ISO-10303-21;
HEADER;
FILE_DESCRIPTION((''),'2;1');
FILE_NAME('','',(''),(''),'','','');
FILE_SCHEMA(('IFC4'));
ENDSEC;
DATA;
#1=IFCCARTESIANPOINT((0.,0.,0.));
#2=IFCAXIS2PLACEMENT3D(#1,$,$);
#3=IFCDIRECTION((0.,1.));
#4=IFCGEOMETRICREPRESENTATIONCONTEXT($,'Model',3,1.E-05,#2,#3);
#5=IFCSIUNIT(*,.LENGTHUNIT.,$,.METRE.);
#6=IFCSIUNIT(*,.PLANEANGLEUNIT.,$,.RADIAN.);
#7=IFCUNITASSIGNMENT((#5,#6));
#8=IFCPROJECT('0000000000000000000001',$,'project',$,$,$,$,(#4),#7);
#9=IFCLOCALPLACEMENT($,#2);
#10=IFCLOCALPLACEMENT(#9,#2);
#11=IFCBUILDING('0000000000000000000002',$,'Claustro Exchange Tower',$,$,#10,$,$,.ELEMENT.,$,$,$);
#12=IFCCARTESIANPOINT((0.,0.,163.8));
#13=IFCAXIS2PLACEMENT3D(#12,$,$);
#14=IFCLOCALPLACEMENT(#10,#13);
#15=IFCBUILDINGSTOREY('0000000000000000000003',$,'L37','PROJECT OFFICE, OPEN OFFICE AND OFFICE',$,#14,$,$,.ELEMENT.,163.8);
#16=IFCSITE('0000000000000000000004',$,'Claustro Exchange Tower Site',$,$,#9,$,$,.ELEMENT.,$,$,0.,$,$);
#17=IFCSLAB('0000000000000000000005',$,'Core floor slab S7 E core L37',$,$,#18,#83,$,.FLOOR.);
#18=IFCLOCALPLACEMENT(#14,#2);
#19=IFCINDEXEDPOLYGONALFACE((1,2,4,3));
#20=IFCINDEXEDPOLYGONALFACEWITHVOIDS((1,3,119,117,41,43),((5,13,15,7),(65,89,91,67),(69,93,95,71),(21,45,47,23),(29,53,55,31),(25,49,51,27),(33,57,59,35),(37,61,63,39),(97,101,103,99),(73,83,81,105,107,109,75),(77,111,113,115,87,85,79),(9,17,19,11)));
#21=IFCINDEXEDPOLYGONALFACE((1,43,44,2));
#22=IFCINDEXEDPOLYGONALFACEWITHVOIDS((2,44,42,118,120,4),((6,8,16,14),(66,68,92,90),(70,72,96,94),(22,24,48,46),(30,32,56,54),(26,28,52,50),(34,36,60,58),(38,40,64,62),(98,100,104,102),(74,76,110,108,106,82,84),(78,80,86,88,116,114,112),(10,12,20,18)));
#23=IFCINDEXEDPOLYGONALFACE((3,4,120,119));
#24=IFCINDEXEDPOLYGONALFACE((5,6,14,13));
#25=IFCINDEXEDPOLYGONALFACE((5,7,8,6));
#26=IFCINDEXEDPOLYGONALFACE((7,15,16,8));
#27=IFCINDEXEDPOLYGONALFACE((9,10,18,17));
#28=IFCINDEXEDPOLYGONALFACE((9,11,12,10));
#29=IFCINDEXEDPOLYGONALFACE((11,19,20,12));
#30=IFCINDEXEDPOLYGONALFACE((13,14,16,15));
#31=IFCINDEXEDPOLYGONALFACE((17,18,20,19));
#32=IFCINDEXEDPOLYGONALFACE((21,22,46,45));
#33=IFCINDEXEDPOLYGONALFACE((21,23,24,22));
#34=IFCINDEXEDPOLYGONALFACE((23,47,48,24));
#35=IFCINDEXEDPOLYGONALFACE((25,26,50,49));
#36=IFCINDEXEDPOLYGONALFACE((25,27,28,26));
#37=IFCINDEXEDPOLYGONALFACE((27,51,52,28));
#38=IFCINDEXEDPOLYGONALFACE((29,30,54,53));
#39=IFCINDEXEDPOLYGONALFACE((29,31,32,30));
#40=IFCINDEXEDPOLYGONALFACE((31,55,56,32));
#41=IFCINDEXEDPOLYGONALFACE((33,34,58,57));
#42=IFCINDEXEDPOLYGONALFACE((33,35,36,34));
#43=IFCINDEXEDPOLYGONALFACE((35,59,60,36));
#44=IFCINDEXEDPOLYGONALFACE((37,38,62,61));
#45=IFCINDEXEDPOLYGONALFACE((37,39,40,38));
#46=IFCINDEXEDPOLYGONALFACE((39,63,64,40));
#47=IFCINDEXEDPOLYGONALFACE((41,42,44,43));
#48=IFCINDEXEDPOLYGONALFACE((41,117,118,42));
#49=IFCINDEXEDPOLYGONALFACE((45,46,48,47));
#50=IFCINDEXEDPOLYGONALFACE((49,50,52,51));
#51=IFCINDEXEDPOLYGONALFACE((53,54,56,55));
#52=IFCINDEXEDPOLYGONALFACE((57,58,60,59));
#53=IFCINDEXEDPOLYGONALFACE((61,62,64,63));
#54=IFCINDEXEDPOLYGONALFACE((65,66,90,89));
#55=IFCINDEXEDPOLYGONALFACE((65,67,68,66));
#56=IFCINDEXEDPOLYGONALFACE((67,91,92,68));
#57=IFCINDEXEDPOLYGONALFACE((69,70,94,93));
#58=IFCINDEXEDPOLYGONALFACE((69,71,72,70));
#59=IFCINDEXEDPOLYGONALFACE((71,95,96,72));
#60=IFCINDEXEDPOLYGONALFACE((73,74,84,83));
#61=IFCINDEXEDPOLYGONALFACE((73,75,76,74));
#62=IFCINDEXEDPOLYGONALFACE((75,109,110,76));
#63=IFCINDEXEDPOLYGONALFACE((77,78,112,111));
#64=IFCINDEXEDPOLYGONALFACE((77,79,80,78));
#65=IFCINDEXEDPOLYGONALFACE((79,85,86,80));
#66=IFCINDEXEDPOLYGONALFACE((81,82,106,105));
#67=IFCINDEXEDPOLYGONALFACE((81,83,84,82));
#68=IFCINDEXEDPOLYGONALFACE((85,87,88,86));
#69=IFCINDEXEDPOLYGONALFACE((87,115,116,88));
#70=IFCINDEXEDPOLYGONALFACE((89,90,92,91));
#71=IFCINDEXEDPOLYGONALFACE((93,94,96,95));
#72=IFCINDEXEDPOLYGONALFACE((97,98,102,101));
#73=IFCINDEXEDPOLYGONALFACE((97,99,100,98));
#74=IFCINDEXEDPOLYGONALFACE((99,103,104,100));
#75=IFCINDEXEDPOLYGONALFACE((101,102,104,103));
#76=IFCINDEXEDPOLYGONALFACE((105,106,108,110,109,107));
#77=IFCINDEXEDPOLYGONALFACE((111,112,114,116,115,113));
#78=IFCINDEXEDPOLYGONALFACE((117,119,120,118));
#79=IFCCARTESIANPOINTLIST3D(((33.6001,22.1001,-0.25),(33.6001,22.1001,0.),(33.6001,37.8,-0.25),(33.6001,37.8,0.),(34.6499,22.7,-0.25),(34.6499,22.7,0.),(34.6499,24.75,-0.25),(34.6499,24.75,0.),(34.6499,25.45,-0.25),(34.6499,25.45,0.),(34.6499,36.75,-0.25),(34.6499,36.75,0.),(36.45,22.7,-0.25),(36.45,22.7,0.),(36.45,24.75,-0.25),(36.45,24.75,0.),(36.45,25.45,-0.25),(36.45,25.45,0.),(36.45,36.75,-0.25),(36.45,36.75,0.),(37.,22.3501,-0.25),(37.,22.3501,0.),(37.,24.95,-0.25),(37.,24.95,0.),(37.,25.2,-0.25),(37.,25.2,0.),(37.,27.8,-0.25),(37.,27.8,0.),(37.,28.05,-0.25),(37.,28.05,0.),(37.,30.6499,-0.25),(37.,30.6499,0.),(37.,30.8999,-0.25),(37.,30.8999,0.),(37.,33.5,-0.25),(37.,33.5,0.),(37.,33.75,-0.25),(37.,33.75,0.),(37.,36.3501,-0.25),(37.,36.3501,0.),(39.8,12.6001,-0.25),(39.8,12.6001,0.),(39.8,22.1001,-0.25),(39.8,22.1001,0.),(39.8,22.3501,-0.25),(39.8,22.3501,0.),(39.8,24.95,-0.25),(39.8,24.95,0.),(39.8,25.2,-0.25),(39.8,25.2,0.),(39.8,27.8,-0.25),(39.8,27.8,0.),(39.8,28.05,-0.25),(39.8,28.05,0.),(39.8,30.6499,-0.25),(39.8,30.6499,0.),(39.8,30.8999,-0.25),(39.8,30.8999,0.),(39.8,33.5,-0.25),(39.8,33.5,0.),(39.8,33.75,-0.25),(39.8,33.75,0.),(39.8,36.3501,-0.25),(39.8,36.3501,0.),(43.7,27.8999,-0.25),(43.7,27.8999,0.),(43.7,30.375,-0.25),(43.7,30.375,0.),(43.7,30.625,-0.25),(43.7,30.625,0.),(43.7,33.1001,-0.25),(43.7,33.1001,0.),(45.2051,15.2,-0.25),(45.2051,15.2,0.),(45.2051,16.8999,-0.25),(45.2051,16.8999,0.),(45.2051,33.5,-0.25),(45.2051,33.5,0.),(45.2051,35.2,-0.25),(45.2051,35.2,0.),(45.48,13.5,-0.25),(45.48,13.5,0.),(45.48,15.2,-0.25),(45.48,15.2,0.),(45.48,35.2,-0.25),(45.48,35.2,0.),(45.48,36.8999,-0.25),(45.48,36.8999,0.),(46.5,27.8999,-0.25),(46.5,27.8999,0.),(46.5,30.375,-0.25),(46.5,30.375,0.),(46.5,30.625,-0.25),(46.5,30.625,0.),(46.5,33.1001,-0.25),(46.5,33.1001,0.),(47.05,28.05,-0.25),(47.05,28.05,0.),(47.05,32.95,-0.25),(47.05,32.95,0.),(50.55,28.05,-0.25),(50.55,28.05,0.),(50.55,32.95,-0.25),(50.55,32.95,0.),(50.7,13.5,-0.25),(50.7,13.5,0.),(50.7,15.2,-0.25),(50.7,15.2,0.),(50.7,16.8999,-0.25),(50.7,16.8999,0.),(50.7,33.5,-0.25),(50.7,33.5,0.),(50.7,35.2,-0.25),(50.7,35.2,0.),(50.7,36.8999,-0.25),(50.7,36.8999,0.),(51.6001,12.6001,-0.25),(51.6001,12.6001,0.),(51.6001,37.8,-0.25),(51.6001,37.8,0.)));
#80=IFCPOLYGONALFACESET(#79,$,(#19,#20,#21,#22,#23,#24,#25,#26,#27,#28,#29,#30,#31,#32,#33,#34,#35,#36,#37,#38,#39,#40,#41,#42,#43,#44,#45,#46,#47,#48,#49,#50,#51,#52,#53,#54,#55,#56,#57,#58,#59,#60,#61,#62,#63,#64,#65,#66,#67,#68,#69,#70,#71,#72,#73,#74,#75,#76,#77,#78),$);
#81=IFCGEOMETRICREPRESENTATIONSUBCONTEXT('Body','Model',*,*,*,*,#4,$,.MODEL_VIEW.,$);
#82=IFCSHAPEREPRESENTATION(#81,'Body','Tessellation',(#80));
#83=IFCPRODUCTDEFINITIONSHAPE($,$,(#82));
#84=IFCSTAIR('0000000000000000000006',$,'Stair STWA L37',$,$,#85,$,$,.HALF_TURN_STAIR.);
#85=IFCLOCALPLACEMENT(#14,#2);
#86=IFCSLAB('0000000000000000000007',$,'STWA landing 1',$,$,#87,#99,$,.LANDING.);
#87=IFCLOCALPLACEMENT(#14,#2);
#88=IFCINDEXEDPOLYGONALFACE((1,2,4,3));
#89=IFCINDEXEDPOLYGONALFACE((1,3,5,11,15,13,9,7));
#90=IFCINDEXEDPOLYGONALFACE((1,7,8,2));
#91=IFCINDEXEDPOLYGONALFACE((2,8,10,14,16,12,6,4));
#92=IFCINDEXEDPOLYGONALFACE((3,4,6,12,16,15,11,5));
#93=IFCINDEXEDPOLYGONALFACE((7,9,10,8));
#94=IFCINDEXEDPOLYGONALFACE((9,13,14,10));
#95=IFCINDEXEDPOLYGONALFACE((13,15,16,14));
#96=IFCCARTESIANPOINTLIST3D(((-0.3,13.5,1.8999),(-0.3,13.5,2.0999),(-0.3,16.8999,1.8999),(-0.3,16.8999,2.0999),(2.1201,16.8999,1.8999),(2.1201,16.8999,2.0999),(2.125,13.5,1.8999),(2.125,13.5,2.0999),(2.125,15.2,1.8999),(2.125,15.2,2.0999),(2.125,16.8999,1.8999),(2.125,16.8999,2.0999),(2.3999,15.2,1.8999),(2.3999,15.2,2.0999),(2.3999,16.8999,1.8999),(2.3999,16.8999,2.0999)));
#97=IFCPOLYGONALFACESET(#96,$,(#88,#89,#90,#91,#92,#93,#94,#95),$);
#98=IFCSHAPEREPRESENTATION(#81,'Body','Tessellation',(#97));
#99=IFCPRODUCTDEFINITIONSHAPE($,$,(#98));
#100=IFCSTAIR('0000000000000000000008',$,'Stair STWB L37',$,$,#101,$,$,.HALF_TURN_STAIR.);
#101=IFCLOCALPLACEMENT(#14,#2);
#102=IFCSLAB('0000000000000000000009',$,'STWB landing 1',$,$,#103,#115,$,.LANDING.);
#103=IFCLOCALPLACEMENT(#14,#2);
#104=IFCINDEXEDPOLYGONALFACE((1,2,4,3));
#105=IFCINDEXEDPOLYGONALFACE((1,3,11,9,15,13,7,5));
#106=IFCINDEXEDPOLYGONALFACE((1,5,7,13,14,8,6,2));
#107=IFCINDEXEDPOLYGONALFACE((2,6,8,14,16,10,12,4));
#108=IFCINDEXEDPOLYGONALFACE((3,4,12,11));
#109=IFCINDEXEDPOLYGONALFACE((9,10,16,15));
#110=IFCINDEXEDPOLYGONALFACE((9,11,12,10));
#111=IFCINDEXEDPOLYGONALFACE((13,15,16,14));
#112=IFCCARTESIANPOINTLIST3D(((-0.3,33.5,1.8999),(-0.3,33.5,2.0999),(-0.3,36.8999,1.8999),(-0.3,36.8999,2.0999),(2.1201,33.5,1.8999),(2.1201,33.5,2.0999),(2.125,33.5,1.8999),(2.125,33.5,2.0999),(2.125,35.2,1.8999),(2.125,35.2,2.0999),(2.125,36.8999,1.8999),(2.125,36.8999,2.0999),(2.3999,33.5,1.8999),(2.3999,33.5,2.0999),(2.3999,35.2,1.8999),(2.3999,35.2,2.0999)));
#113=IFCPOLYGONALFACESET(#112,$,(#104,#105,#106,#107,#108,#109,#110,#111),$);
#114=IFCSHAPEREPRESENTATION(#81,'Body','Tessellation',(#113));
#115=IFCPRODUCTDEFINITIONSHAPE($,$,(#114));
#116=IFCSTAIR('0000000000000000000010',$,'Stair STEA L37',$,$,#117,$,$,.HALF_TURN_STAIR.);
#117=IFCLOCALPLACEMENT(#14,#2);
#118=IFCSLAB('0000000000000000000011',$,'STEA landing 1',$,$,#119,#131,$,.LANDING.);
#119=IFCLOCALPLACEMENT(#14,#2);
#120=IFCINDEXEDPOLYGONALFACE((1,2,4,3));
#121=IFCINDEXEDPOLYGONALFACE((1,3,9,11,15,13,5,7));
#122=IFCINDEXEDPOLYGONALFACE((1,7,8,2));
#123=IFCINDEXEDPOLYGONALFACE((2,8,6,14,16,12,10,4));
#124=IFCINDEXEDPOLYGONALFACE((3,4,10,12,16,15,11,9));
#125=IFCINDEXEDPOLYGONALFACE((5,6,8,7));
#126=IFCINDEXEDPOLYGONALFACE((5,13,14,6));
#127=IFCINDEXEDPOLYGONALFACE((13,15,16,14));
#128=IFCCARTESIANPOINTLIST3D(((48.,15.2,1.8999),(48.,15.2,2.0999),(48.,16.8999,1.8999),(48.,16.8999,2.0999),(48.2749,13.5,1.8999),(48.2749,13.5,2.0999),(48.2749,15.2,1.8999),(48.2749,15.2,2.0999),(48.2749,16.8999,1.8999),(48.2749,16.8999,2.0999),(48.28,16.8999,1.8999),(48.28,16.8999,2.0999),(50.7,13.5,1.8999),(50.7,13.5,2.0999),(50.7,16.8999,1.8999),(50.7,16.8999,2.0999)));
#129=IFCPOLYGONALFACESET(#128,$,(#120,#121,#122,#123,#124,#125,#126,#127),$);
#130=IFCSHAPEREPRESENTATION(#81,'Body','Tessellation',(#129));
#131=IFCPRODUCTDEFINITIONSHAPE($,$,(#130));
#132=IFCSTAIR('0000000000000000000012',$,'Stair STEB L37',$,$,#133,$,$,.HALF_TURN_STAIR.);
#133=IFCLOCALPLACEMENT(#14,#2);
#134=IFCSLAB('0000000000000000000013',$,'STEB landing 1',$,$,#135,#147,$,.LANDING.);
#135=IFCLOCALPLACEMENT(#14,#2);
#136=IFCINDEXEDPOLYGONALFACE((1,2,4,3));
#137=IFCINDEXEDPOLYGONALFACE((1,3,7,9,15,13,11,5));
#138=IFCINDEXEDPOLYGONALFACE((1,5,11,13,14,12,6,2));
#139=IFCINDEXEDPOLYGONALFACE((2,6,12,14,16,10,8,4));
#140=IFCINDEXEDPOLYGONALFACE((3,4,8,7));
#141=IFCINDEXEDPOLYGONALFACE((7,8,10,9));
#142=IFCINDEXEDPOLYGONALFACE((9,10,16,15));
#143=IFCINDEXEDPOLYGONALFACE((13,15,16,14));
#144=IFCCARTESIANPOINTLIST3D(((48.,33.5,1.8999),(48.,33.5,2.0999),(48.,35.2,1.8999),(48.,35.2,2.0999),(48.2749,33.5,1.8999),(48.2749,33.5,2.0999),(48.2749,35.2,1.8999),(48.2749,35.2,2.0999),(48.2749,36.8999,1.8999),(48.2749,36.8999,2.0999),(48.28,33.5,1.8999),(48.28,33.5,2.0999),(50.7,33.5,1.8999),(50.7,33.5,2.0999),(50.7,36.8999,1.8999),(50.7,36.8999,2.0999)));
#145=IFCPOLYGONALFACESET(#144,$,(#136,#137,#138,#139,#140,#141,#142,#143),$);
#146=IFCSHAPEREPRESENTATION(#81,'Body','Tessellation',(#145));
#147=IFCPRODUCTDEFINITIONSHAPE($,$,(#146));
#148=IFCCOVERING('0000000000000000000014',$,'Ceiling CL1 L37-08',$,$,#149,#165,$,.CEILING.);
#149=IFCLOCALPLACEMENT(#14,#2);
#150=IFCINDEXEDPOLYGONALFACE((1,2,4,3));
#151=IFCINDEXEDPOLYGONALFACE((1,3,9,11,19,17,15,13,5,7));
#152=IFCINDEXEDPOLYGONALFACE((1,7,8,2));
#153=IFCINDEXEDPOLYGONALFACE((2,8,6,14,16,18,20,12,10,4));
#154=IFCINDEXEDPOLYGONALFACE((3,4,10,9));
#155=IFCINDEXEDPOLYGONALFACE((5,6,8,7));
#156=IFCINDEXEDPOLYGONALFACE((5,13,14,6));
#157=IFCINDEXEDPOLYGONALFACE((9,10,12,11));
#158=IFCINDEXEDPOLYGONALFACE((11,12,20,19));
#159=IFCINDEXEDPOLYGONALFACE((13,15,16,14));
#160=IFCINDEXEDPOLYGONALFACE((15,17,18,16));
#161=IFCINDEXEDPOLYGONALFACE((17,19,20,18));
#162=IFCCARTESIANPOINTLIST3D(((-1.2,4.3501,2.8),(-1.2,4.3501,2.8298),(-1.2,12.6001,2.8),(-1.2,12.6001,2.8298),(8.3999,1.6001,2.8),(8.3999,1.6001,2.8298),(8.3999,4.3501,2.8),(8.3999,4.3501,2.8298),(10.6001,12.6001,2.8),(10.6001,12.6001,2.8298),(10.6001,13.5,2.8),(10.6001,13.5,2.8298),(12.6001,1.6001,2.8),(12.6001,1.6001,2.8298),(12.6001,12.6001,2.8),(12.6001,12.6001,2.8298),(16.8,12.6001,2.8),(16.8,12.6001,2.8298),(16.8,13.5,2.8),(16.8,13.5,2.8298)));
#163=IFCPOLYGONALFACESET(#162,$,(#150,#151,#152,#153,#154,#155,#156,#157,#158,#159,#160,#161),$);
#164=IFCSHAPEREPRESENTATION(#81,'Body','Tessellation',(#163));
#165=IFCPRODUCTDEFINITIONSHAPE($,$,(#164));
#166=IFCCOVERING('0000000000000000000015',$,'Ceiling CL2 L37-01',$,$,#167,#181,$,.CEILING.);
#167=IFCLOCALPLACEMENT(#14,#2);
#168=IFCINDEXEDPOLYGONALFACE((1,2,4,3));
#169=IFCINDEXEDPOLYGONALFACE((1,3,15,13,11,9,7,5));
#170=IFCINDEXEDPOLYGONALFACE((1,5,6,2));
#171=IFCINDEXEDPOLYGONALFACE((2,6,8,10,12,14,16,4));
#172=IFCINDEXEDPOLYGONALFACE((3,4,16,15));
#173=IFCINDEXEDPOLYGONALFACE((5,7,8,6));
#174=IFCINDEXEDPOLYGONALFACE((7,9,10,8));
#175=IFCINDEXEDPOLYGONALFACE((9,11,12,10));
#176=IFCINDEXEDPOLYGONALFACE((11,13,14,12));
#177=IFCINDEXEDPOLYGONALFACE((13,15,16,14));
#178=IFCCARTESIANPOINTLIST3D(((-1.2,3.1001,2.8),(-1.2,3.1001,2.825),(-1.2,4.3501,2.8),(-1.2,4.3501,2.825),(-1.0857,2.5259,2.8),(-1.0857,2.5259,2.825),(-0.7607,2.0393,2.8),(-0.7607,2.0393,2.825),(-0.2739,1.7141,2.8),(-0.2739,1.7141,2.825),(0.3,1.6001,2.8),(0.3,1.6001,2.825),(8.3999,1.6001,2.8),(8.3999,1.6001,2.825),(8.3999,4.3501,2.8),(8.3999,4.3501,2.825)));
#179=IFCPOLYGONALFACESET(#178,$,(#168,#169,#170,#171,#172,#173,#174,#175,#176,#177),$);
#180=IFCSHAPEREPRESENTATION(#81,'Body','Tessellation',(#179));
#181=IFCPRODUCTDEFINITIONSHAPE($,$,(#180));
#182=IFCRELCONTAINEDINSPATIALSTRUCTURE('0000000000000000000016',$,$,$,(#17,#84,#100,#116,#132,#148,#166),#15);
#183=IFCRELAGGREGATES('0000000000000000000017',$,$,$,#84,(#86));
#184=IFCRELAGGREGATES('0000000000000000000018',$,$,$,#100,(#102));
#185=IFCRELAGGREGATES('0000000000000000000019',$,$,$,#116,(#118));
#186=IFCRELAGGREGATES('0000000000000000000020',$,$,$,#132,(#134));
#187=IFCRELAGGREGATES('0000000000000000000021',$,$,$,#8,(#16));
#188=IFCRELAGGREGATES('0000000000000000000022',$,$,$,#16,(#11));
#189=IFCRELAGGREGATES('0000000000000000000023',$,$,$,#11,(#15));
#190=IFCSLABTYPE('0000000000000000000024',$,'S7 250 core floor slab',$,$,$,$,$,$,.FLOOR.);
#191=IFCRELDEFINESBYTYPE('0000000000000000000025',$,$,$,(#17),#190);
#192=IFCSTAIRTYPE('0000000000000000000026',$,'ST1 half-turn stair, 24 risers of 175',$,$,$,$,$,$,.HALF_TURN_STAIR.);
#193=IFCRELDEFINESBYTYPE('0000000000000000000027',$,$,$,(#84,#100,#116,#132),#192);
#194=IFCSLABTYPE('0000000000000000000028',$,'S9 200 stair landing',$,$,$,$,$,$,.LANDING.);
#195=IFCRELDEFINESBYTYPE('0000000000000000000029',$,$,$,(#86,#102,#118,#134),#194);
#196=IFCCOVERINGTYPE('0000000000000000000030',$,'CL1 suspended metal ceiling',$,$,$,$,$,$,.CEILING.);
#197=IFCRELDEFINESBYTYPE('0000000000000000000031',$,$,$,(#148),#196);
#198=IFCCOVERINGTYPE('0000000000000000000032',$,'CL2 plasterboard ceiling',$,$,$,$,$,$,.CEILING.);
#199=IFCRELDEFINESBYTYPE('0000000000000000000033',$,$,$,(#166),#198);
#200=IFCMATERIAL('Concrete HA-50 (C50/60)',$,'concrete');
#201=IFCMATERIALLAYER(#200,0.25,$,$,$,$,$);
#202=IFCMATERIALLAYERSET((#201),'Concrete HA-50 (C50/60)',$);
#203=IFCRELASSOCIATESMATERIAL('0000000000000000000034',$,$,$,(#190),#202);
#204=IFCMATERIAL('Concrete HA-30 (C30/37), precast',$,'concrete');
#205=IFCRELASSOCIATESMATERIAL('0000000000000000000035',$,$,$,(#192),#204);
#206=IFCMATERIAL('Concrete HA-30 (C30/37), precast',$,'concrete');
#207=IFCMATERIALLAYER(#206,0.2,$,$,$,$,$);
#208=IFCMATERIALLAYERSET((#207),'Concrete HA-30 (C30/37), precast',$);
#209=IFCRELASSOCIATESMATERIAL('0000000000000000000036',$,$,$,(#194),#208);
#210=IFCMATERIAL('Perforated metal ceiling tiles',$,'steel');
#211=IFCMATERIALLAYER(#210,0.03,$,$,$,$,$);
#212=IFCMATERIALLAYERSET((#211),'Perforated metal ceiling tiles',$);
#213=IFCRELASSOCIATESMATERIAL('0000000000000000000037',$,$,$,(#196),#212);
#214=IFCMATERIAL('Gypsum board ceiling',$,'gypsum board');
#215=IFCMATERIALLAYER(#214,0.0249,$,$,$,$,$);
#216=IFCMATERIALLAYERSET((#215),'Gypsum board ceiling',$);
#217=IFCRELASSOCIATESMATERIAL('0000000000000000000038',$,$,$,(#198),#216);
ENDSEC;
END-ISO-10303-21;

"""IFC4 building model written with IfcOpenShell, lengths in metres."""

from ifc_helpers import new_model, si_unit, direction, frame, origin, place, context, subcontext, project, spatial, polyline, outline, extrude, material, layer, layer_set, type_object, element, aggregate, save


model = new_model("IFC4")

# Units and contexts
model_context = context("Model", 3, precision=1e-05, world=origin(), true_north=direction((0.0, 1.0)))
body_context = subcontext(model_context, "Body", "Model", "MODEL_VIEW")
ifc_project = project(units=[si_unit("LENGTHUNIT", "METRE"), si_unit("PLANEANGLEUNIT", "RADIAN")], contexts=[model_context])

# Site, building, storey
site_placement = place(None, origin())
site = spatial("IfcSite", under=ifc_project, at=site_placement, Name="Claustro Exchange Tower Site", CompositionType="ELEMENT", RefElevation=0.0)
building_placement = place(site_placement, origin())
building = spatial("IfcBuilding", under=site, at=building_placement, Name="Claustro Exchange Tower", CompositionType="ELEMENT")
storey_placement = place(building_placement, frame((0.0, 0.0, 163.8)))
storey = spatial("IfcBuildingStorey", under=building, at=storey_placement, Name="L37", Description="PROJECT OFFICE, OPEN OFFICE AND OFFICE", CompositionType="ELEMENT", Elevation=163.8)

# Slab
ifc_material_1 = material(Name="Concrete HA-50 (C50/60)", Category="concrete")
ifc_layer_1 = layer(ifc_material_1, 0.25)
ifc_layer_set_1 = layer_set([ifc_layer_1], Name="Concrete HA-50 (C50/60)")
slab_type_1 = type_object("IfcSlabType", Name="S7 250 core floor slab", PredefinedType="FLOOR", material=ifc_layer_set_1)
slab_1_placement = place(storey_placement, frame((0.0, 0.0, -0.25)))
element("IfcSlab", 1, at=slab_1_placement, inside=storey, type_object=slab_type_1, Name="Core floor slab S7 E core L37", PredefinedType="FLOOR", context=body_context, shape_type="SweptSolid", body=[
    extrude(outline(polyline([(51.6001, 37.8), (33.6001, 37.8), (33.6001, 22.1001), (39.8, 22.1001), (39.8, 12.6001), (51.6001, 12.6001), (51.6001, 37.8)]), holes=[polyline([(45.48, 15.2), (45.2051, 15.2), (45.2051, 16.8999), (50.7, 16.8999), (50.7, 15.2), (50.7, 13.5), (45.48, 13.5), (45.48, 15.2)]), polyline([(45.48, 35.2), (45.48, 36.8999), (50.7, 36.8999), (50.7, 35.2), (50.7, 33.5), (45.2051, 33.5), (45.2051, 35.2), (45.48, 35.2)]), polyline([(50.55, 32.95), (50.55, 28.05), (47.05, 28.05), (47.05, 32.95), (50.55, 32.95)]), polyline([(43.7, 33.1001), (46.5, 33.1001), (46.5, 30.625), (43.7, 30.625), (43.7, 33.1001)]), polyline([(46.5, 30.375), (46.5, 27.8999), (43.7, 27.8999), (43.7, 30.375), (46.5, 30.375)]), polyline([(37.0, 24.95), (39.8, 24.95), (39.8, 22.3501), (37.0, 22.3501), (37.0, 24.95)]), polyline([(37.0, 30.6499), (39.8, 30.6499), (39.8, 28.05), (37.0, 28.05), (37.0, 30.6499)]), polyline([(39.8, 27.8), (39.8, 25.2), (37.0, 25.2), (37.0, 27.8), (39.8, 27.8)]), polyline([(39.8, 33.5), (39.8, 30.8999), (37.0, 30.8999), (37.0, 33.5), (39.8, 33.5)]), polyline([(39.8, 36.3501), (39.8, 33.75), (37.0, 33.75), (37.0, 36.3501), (39.8, 36.3501)]), polyline([(36.45, 24.75), (36.45, 22.7), (34.6499, 22.7), (34.6499, 24.75), (36.45, 24.75)]), polyline([(36.45, 36.75), (36.45, 25.45), (34.6499, 25.45), (34.6499, 36.75), (36.45, 36.75)])]), origin(), (0.0, 0.0, 1.0), 0.25),
])

# Stairs, slabs
ifc_material_2 = material(Name="Concrete HA-30 (C30/37), precast", Category="concrete")
stair_type = type_object("IfcStairType", Name="ST1 half-turn stair, 24 risers of 175", PredefinedType="HALF_TURN_STAIR", material=ifc_material_2)
stair_1_placement = place(storey_placement, origin())
stair_1 = element("IfcStair", 2, at=stair_1_placement, inside=storey, type_object=stair_type, Name="Stair STWA L37", PredefinedType="HALF_TURN_STAIR")
ifc_material_3 = material(Name="Concrete HA-30 (C30/37), precast", Category="concrete")
ifc_layer_2 = layer(ifc_material_3, 0.2)
ifc_layer_set_2 = layer_set([ifc_layer_2], Name="Concrete HA-30 (C30/37), precast")
slab_type_2 = type_object("IfcSlabType", Name="S9 200 stair landing", PredefinedType="LANDING", material=ifc_layer_set_2)
slab_2_placement = place(storey_placement, frame((0.0, 0.0, 1.8999)))
slab_2 = element("IfcSlab", 3, at=slab_2_placement, type_object=slab_type_2, Name="STWA landing 1", PredefinedType="LANDING", context=body_context, shape_type="SweptSolid", body=[
    extrude(outline(polyline([(2.125, 13.5), (-0.3, 13.5), (-0.3, 16.8999), (2.1201, 16.8999), (2.125, 16.8999), (2.3999, 16.8999), (2.3999, 15.2), (2.125, 15.2), (2.125, 13.5)])), origin(), (0.0, 0.0, 1.0), 0.2),
])
aggregate(stair_1, [slab_2])
stair_2_placement = place(storey_placement, origin())
stair_2 = element("IfcStair", 4, at=stair_2_placement, inside=storey, type_object=stair_type, Name="Stair STWB L37", PredefinedType="HALF_TURN_STAIR")
slab_3_placement = place(storey_placement, frame((0.0, 0.0, 1.8999)))
slab_3 = element("IfcSlab", 5, at=slab_3_placement, type_object=slab_type_2, Name="STWB landing 1", PredefinedType="LANDING", context=body_context, shape_type="SweptSolid", body=[
    extrude(outline(polyline([(2.3999, 35.2), (2.3999, 33.5), (2.125, 33.5), (2.1201, 33.5), (-0.3, 33.5), (-0.3, 36.8999), (2.125, 36.8999), (2.125, 35.2), (2.3999, 35.2)])), origin(), (0.0, 0.0, 1.0), 0.2),
])
aggregate(stair_2, [slab_3])
stair_3_placement = place(storey_placement, origin())
stair_3 = element("IfcStair", 6, at=stair_3_placement, inside=storey, type_object=stair_type, Name="Stair STEA L37", PredefinedType="HALF_TURN_STAIR")
slab_4_placement = place(storey_placement, frame((0.0, 0.0, 1.8999)))
slab_4 = element("IfcSlab", 7, at=slab_4_placement, type_object=slab_type_2, Name="STEA landing 1", PredefinedType="LANDING", context=body_context, shape_type="SweptSolid", body=[
    extrude(outline(polyline([(50.7, 16.8999), (50.7, 13.5), (48.2749, 13.5), (48.2749, 15.2), (48.0, 15.2), (48.0, 16.8999), (48.2749, 16.8999), (48.28, 16.8999), (50.7, 16.8999)])), origin(), (0.0, 0.0, 1.0), 0.2),
])
aggregate(stair_3, [slab_4])
stair_4_placement = place(storey_placement, origin())
stair_4 = element("IfcStair", 8, at=stair_4_placement, inside=storey, type_object=stair_type, Name="Stair STEB L37", PredefinedType="HALF_TURN_STAIR")
slab_5_placement = place(storey_placement, frame((0.0, 0.0, 1.8999)))
slab_5 = element("IfcSlab", 9, at=slab_5_placement, type_object=slab_type_2, Name="STEB landing 1", PredefinedType="LANDING", context=body_context, shape_type="SweptSolid", body=[
    extrude(outline(polyline([(48.0, 33.5), (48.0, 35.2), (48.2749, 35.2), (48.2749, 36.8999), (50.7, 36.8999), (50.7, 33.5), (48.28, 33.5), (48.2749, 33.5), (48.0, 33.5)])), origin(), (0.0, 0.0, 1.0), 0.2),
])
aggregate(stair_4, [slab_5])

# Coverings
ifc_material_4 = material(Name="Perforated metal ceiling tiles", Category="steel")
ifc_layer_3 = layer(ifc_material_4, 0.03)
ifc_layer_set_3 = layer_set([ifc_layer_3], Name="Perforated metal ceiling tiles")
covering_type_1 = type_object("IfcCoveringType", Name="CL1 suspended metal ceiling", PredefinedType="CEILING", material=ifc_layer_set_3)
covering_1_placement = place(storey_placement, frame((0.0, 0.0, 2.8)))
element("IfcCovering", 10, at=covering_1_placement, inside=storey, type_object=covering_type_1, Name="Ceiling CL1 L37-08", PredefinedType="CEILING", context=body_context, shape_type="SweptSolid", body=[
    extrude(outline(polyline([(10.6001, 13.5), (10.6001, 12.6001), (-1.2, 12.6001), (-1.2, 4.3501), (8.3999, 4.3501), (8.3999, 1.6001), (12.6001, 1.6001), (12.6001, 12.6001), (16.8, 12.6001), (16.8, 13.5), (10.6001, 13.5)])), origin(), (0.0, 0.0, 1.0), 0.0298),
])
ifc_material_5 = material(Name="Gypsum board ceiling", Category="gypsum board")
ifc_layer_4 = layer(ifc_material_5, 0.0249)
ifc_layer_set_4 = layer_set([ifc_layer_4], Name="Gypsum board ceiling")
covering_type_2 = type_object("IfcCoveringType", Name="CL2 plasterboard ceiling", PredefinedType="CEILING", material=ifc_layer_set_4)
covering_2_placement = place(storey_placement, frame((0.0, 0.0, 2.8)))
element("IfcCovering", 11, at=covering_2_placement, inside=storey, type_object=covering_type_2, Name="Ceiling CL2 L37-01", PredefinedType="CEILING", context=body_context, shape_type="SweptSolid", body=[
    extrude(outline(polyline([(-1.0857, 2.5259), (-0.7607, 2.0393), (-0.2739, 1.7141), (0.3, 1.6001), (8.3999, 1.6001), (8.3999, 4.3501), (-1.2, 4.3501), (-1.2, 3.1001), (-1.0857, 2.5259)])), origin(), (0.0, 0.0, 1.0), 0.0249),
])

save(model, "model.ifc")
